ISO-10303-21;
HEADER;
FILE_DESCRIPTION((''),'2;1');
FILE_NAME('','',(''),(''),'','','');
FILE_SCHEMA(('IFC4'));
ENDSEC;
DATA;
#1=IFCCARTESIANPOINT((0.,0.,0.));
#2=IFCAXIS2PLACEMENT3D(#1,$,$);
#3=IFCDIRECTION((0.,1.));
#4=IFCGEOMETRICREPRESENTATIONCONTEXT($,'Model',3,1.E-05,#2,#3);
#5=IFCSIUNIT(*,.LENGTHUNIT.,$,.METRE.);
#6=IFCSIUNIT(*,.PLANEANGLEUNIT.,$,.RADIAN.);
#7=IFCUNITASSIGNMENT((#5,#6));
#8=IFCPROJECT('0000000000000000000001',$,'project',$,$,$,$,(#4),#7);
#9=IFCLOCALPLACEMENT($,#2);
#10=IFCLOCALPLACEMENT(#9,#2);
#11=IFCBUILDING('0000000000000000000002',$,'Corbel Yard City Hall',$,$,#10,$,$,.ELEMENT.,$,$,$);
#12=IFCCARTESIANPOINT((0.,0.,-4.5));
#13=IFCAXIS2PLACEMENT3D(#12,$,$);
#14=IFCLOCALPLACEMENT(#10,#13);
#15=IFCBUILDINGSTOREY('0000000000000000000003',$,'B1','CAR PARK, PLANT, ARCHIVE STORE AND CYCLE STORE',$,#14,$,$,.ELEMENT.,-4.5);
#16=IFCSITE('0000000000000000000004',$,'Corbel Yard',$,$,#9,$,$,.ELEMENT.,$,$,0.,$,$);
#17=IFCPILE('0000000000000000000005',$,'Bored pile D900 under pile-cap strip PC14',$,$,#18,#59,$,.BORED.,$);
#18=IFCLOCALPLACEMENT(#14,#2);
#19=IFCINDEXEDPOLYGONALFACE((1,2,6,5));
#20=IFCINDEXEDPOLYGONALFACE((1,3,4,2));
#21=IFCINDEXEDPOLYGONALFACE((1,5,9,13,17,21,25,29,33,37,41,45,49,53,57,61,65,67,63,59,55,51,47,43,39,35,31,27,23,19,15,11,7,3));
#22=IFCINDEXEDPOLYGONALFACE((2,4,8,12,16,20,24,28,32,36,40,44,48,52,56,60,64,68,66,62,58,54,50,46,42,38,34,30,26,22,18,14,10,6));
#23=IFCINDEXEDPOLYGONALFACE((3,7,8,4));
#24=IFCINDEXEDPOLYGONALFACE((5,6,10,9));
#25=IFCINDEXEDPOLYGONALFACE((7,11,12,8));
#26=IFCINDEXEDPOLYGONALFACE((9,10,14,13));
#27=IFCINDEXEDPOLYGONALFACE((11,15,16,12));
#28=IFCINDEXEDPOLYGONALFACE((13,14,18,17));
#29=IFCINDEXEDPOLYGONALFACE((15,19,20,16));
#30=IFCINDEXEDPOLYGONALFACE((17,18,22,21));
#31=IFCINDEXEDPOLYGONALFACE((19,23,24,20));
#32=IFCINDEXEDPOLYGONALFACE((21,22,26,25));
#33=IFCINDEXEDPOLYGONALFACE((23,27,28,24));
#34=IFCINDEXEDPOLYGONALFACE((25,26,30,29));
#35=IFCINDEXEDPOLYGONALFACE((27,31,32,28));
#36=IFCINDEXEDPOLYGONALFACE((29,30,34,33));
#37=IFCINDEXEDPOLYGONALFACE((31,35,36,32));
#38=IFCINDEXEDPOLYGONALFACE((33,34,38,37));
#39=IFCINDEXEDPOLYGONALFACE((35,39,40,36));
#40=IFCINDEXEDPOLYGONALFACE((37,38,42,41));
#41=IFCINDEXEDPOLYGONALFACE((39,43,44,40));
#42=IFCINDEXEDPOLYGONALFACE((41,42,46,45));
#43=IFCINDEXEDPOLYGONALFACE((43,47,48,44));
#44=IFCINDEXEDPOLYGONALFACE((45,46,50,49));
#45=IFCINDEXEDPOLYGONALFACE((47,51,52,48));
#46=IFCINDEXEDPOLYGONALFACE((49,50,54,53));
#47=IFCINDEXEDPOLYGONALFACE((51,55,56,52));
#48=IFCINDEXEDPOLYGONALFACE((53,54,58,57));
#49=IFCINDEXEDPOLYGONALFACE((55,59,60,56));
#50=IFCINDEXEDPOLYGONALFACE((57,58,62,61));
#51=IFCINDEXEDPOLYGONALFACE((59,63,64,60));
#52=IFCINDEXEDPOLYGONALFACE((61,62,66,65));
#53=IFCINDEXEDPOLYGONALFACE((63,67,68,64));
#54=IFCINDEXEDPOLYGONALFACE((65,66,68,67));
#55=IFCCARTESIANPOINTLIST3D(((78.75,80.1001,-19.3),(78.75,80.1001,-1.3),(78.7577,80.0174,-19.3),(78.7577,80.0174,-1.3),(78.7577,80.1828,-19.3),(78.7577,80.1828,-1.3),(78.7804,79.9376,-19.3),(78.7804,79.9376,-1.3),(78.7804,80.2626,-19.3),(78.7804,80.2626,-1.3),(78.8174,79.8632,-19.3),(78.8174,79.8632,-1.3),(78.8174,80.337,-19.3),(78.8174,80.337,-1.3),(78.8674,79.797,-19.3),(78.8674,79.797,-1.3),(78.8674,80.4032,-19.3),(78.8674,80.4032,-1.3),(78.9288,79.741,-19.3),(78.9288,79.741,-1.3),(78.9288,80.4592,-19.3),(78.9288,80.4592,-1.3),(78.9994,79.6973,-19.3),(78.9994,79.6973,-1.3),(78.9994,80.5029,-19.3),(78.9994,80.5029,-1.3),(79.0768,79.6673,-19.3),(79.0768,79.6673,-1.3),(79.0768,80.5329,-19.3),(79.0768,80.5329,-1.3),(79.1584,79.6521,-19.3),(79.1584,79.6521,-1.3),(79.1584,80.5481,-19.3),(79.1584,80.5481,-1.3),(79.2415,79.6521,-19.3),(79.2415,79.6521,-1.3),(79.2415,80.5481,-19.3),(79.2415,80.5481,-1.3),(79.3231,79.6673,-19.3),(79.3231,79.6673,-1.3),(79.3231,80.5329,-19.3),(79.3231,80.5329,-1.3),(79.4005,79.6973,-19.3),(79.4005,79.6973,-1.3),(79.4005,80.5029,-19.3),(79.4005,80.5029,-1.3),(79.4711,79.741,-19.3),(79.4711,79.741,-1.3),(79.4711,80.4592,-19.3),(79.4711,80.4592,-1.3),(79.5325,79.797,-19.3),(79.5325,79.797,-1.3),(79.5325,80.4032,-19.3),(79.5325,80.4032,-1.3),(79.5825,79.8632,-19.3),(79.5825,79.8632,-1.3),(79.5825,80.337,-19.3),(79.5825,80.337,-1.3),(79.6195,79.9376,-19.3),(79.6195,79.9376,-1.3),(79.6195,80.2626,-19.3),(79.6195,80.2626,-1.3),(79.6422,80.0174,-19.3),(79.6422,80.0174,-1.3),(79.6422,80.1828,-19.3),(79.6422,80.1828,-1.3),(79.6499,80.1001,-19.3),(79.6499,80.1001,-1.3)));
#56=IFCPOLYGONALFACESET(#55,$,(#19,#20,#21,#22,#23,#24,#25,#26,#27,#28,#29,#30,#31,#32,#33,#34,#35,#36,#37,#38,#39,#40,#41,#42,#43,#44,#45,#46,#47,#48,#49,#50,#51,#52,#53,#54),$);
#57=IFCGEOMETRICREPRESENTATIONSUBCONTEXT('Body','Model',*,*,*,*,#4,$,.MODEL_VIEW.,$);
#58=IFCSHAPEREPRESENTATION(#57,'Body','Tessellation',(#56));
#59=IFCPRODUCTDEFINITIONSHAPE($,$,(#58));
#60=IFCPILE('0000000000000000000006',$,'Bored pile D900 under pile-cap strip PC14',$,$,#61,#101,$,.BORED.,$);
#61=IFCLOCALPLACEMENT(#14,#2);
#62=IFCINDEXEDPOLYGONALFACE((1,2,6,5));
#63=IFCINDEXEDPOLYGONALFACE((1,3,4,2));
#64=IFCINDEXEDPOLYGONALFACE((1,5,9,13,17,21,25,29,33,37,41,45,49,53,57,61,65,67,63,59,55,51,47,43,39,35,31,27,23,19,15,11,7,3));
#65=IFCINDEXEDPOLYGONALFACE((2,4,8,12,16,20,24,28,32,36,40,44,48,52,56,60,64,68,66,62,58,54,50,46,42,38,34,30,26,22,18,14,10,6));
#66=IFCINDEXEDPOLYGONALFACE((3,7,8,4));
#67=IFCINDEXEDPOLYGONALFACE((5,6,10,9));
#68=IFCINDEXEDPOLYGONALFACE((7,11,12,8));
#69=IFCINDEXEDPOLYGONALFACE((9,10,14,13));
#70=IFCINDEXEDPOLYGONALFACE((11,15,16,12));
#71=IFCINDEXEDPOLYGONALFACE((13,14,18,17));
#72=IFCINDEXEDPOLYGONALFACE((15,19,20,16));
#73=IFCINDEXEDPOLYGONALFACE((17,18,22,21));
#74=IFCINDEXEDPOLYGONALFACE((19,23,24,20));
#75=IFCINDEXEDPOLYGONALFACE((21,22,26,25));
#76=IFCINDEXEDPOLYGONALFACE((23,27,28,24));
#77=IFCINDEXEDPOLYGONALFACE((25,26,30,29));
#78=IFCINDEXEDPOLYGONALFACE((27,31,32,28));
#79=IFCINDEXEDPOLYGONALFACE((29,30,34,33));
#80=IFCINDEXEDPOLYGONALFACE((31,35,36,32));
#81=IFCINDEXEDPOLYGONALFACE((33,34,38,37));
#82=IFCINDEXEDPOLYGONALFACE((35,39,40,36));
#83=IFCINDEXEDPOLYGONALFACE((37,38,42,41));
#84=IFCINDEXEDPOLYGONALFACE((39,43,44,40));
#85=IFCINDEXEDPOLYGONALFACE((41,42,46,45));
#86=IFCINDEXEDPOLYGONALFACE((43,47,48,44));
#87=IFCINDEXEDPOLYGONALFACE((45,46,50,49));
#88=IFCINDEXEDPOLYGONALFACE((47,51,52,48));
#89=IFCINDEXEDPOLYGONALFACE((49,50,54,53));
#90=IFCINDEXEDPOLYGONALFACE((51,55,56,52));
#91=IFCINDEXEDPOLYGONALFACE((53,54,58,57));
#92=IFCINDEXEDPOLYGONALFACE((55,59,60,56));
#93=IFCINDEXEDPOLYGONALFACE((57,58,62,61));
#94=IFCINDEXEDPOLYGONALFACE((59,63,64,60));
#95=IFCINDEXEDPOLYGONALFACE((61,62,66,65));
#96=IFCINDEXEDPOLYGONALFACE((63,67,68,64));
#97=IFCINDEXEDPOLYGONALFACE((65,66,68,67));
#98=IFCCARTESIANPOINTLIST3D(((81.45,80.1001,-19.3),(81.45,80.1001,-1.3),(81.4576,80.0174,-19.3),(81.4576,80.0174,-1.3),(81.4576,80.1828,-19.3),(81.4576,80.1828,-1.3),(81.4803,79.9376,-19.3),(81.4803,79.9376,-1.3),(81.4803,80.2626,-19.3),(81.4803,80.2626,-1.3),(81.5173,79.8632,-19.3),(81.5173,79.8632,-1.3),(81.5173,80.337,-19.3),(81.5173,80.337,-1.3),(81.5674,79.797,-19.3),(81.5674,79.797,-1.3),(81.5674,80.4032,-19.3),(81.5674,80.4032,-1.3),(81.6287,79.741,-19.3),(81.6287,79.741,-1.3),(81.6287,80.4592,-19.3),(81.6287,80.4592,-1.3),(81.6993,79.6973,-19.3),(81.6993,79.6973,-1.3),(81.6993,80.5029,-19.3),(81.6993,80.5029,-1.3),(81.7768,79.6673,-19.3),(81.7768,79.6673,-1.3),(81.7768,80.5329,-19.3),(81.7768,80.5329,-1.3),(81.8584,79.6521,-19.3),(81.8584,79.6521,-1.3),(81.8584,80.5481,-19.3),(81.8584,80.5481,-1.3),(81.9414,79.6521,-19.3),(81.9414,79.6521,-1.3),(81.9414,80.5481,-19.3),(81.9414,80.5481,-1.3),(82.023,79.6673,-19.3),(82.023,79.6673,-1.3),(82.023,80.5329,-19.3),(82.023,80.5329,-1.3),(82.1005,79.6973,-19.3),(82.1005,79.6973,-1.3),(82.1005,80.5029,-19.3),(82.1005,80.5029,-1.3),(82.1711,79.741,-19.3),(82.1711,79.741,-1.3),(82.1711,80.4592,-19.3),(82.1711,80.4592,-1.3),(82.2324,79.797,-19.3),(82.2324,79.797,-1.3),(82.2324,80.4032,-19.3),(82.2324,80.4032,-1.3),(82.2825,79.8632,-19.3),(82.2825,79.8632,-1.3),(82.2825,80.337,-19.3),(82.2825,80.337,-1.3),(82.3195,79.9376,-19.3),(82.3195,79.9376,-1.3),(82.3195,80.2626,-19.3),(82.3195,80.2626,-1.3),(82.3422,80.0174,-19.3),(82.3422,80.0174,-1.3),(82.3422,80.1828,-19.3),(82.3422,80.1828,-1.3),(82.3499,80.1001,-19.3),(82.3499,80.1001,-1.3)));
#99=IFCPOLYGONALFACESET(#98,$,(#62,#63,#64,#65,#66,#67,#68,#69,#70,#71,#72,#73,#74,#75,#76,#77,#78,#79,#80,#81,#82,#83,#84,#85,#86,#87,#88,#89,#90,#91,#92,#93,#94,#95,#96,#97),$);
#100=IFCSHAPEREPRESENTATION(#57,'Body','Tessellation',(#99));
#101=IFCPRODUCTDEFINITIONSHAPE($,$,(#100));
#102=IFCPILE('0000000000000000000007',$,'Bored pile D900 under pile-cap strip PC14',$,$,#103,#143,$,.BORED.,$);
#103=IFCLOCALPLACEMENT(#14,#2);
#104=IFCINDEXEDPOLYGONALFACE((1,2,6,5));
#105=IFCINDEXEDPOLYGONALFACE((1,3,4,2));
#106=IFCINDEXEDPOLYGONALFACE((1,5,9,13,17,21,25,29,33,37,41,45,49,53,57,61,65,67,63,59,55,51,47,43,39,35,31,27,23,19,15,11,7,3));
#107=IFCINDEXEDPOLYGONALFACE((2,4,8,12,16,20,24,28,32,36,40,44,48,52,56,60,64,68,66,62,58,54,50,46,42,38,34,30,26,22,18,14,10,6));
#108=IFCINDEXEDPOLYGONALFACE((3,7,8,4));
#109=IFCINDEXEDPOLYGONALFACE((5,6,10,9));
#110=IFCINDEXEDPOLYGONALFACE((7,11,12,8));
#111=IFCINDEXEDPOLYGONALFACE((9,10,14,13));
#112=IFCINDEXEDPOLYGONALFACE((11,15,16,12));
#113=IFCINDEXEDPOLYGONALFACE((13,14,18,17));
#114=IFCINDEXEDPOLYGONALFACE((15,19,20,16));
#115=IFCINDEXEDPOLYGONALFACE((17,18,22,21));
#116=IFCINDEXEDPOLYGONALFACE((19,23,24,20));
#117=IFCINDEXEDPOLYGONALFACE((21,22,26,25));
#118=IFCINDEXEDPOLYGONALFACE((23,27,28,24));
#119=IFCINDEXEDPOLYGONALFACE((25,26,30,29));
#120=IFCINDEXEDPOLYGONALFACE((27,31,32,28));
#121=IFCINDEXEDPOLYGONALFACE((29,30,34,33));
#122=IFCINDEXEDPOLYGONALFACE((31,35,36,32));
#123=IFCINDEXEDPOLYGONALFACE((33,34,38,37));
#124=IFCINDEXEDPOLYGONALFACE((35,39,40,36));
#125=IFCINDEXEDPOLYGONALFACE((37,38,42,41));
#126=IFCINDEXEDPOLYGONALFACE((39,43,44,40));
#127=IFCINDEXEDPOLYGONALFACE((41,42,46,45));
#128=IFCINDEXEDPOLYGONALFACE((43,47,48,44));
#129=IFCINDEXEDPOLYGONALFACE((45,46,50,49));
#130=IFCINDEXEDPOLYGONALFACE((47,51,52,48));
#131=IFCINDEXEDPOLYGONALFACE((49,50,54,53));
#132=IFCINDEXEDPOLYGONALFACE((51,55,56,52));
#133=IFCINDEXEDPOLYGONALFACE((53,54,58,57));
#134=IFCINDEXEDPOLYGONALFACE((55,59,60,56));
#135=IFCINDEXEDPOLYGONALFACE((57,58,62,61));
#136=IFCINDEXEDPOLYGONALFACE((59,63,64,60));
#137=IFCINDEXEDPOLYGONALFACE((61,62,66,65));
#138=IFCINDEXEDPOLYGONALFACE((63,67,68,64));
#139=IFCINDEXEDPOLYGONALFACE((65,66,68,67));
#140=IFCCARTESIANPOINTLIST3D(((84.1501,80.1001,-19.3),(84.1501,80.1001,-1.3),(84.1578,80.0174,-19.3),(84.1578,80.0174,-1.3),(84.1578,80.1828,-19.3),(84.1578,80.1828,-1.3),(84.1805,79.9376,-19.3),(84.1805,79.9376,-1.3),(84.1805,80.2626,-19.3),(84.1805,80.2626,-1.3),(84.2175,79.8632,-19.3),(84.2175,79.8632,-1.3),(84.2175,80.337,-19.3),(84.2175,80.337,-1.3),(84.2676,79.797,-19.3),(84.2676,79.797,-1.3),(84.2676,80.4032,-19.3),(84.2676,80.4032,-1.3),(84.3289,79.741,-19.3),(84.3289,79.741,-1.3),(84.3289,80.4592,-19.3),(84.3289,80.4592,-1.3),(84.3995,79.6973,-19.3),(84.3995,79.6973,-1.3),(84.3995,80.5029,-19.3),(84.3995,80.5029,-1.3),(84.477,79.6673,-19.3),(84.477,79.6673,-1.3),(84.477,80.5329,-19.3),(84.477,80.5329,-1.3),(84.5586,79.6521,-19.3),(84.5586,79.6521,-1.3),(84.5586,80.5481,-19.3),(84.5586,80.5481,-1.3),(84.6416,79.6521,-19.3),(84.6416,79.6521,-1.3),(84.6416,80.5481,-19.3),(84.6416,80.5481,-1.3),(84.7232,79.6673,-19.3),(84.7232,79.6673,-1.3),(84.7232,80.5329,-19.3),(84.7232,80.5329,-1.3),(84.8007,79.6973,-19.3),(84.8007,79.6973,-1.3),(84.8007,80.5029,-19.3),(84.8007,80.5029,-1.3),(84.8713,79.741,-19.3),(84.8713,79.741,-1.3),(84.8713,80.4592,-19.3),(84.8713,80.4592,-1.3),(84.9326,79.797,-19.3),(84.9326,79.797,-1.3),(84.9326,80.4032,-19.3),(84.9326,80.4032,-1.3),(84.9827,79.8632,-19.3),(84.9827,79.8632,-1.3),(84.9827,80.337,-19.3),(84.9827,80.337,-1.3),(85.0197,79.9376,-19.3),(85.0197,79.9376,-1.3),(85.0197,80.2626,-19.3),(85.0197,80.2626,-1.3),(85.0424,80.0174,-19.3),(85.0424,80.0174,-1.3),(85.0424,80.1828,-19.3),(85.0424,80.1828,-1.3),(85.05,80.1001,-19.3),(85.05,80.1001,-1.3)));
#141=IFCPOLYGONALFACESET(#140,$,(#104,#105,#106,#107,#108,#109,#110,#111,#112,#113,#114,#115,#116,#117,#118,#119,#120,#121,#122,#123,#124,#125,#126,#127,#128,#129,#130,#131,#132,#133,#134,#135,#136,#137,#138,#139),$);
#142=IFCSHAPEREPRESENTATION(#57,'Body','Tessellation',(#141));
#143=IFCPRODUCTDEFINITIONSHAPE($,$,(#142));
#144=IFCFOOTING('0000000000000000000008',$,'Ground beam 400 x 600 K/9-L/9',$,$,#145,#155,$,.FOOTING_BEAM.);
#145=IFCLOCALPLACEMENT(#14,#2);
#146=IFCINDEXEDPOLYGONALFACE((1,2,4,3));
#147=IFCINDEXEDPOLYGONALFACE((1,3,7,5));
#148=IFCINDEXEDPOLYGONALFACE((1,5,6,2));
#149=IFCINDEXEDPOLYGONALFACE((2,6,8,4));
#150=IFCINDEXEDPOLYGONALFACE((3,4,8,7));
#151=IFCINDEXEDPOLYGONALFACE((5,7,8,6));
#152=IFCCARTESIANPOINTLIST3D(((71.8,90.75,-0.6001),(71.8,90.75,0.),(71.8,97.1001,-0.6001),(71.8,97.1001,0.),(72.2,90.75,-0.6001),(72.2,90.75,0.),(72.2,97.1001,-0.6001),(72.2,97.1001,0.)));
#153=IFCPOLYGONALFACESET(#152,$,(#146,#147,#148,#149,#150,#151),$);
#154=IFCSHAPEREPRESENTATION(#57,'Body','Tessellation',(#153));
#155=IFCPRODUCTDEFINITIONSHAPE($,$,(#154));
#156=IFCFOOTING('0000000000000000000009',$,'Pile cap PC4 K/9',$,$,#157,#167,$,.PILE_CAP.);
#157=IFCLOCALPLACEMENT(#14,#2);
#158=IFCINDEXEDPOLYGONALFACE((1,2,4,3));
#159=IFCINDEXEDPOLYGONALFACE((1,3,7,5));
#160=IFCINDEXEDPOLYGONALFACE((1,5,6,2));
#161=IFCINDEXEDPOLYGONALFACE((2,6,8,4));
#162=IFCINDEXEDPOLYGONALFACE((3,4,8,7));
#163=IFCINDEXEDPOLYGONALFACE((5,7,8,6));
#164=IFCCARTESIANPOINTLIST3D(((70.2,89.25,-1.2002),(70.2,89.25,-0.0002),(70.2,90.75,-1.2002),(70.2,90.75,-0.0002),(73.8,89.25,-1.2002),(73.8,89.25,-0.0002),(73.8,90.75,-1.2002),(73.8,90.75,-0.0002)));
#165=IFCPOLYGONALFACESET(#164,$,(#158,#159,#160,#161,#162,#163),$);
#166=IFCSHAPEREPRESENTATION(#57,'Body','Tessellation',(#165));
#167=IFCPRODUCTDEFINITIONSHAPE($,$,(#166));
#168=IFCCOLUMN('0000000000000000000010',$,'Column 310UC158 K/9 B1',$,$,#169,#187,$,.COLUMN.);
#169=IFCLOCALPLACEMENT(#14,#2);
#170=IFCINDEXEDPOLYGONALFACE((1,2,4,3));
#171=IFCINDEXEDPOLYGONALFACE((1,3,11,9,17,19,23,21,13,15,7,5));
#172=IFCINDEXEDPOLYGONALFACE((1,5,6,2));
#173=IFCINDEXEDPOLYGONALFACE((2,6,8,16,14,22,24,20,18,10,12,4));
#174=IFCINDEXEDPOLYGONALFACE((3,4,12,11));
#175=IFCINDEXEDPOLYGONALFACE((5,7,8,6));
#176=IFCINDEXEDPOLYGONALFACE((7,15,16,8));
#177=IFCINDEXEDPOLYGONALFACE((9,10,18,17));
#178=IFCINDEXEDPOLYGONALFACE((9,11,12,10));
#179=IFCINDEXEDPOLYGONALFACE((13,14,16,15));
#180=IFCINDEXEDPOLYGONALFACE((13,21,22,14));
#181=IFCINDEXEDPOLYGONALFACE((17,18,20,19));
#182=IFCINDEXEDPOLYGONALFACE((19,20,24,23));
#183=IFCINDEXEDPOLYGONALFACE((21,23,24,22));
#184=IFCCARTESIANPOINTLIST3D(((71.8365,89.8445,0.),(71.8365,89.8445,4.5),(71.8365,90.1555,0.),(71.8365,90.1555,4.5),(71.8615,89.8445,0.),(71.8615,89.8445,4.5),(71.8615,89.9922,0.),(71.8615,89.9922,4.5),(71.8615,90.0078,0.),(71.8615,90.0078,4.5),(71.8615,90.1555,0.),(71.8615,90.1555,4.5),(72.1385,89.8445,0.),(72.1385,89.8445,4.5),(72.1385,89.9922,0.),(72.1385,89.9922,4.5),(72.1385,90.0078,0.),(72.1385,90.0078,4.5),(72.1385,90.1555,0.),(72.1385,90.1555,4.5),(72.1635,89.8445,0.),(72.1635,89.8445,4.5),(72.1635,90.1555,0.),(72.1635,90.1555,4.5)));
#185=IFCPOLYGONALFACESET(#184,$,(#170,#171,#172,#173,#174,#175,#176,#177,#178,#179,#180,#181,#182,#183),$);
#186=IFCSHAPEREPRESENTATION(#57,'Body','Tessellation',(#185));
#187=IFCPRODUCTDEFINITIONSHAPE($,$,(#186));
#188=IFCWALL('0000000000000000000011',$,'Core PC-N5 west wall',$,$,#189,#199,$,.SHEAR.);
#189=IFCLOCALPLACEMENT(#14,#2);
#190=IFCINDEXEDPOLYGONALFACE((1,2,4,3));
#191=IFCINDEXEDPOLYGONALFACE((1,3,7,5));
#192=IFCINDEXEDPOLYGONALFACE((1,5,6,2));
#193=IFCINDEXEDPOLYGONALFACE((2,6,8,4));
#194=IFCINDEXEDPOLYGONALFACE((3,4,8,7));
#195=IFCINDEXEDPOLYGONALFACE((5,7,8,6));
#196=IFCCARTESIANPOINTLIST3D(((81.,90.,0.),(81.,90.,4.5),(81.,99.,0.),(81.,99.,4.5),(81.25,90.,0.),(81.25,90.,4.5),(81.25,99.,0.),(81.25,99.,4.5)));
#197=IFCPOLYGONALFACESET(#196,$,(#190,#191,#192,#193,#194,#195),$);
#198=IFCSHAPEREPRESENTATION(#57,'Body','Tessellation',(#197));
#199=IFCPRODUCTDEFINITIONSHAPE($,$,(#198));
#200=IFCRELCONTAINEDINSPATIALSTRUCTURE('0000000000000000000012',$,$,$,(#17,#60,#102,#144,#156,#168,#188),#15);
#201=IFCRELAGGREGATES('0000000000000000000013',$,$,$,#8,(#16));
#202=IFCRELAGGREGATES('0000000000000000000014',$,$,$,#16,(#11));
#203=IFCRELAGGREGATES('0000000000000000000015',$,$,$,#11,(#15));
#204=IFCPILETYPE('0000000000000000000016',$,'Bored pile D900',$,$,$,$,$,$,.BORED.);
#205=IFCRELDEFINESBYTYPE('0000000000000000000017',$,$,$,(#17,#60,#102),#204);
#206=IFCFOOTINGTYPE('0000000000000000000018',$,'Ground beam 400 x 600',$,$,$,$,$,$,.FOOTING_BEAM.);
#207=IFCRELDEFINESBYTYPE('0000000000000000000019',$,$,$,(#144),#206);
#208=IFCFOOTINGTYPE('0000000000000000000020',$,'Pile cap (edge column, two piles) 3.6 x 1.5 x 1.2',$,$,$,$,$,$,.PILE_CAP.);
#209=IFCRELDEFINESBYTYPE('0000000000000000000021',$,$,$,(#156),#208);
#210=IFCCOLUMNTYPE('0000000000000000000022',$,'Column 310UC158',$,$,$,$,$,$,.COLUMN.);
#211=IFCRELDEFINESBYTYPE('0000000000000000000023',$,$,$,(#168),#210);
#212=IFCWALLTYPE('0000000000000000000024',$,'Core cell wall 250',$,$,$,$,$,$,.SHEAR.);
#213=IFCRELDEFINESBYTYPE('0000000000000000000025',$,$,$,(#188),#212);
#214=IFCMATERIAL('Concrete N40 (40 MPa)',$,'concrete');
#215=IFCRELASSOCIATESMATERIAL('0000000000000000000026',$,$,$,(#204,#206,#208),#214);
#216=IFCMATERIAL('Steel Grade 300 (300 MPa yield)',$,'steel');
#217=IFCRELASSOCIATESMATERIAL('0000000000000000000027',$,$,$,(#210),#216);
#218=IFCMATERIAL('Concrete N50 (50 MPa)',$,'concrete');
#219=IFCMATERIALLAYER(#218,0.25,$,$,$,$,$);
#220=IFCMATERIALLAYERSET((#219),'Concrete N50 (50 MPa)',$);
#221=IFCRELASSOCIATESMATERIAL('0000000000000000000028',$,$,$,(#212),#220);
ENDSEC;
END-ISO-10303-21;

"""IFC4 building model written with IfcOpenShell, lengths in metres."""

from ifc_helpers import new_model, si_unit, direction, frame, frame_2d, origin, origin_2d, place, context, subcontext, project, spatial, rectangle, circle, i_section, extrude, material, layer, layer_set, material_profile, profile_set, type_object, element, save


model = new_model("IFC4")

# Units and contexts
model_context = context("Model", 3, precision=1e-05, world=origin(), true_north=direction((0.0, 1.0)))
body_context = subcontext(model_context, "Body", "Model", "MODEL_VIEW")
ifc_project = project(units=[si_unit("LENGTHUNIT", "METRE"), si_unit("PLANEANGLEUNIT", "RADIAN")], contexts=[model_context])

# Site, building, storey
site_placement = place(None, origin())
site = spatial("IfcSite", under=ifc_project, at=site_placement, Name="Corbel Yard", CompositionType="ELEMENT", RefElevation=0.0)
building_placement = place(site_placement, origin())
building = spatial("IfcBuilding", under=site, at=building_placement, Name="Corbel Yard City Hall", CompositionType="ELEMENT")
storey_placement = place(building_placement, frame((0.0, 0.0, -4.5)))
storey = spatial("IfcBuildingStorey", under=building, at=storey_placement, Name="B1", Description="CAR PARK, PLANT, ARCHIVE STORE AND CYCLE STORE", CompositionType="ELEMENT", Elevation=-4.5)

# Piles
ifc_material_1 = material(Name="Concrete N40 (40 MPa)", Category="concrete")
ifc_material_profile_1 = material_profile(ifc_material_1, circle(Radius=0.45, at=origin_2d()), Name="D900")
ifc_profile_set_1 = profile_set([ifc_material_profile_1], Name="Concrete N40 (40 MPa)")
pile_type_1 = type_object("IfcPileType", Name="Bored pile D900", PredefinedType="BORED", material=ifc_profile_set_1)
for number, where, z_axis, x_axis, name in (
    (1, (79.2, 80.1001, -1.3), (0.0, 0.0, -1.0), (1.0, 0.0, 0.0), "Bored pile D900 under pile-cap strip PC14"),
    (2, (81.8999, 80.1001, -1.3), (0.0, 0.0, -1.0), (1.0, 0.0, 0.0), "Bored pile D900 under pile-cap strip PC14"),
    (3, (84.6001, 80.1001, -1.3), (0.0, 0.0, -1.0), (1.0, 0.0, 0.0), "Bored pile D900 under pile-cap strip PC14"),
):
    element("IfcPile", number, at=place(storey_placement, frame(where, z_axis=z_axis, x_axis=x_axis)), inside=storey, type_object=pile_type_1, Name=name, PredefinedType="BORED", context=body_context, shape_type="SweptSolid", body=[
        extrude(circle(Radius=0.45, at=origin_2d()), origin(), (0.0, 0.0, 1.0), 18.0),
    ])

# Footings
footing_type_1 = type_object("IfcFootingType", Name="Ground beam 400 x 600", PredefinedType="FOOTING_BEAM", material=ifc_material_1)
footing_1_placement = place(storey_placement, frame((72.0, 93.925, -0.6001), z_axis=(0.0, 0.0, 1.0), x_axis=(1.0, 0.0, 0.0)))
element("IfcFooting", 4, at=footing_1_placement, inside=storey, type_object=footing_type_1, Name="Ground beam 400 x 600 K/9-L/9", PredefinedType="FOOTING_BEAM", context=body_context, shape_type="SweptSolid", body=[
    extrude(rectangle(XDim=0.3999, YDim=6.3501, at=origin_2d()), origin(), (0.0, 0.0, 1.0), 0.6001),
])
footing_type_2 = type_object("IfcFootingType", Name="Pile cap (edge column, two piles) 3.6 x 1.5 x 1.2", PredefinedType="PILE_CAP", material=ifc_material_1)
footing_2_placement = place(storey_placement, frame((72.0, 90.0, -1.2002), z_axis=(0.0, 0.0, 1.0), x_axis=(1.0, 0.0, 0.0)))
element("IfcFooting", 5, at=footing_2_placement, inside=storey, type_object=footing_type_2, Name="Pile cap PC4 K/9", PredefinedType="PILE_CAP", context=body_context, shape_type="SweptSolid", body=[
    extrude(rectangle(XDim=3.6001, YDim=1.5, at=origin_2d()), origin(), (0.0, 0.0, 1.0), 1.2),
])

# Column
ifc_material_2 = material(Name="Steel Grade 300 (300 MPa yield)", Category="steel")
ifc_material_profile_2 = material_profile(ifc_material_2, i_section(OverallWidth=0.311, OverallDepth=0.3269, WebThickness=0.0156, FlangeThickness=0.0249, at=origin_2d()), Name="310UC158")
ifc_profile_set_2 = profile_set([ifc_material_profile_2], Name="Steel Grade 300 (300 MPa yield)")
column_type = type_object("IfcColumnType", Name="Column 310UC158", PredefinedType="COLUMN", material=ifc_profile_set_2)
column_placement = place(storey_placement, frame((72.0, 90.0, 0.0), z_axis=(0.0, 0.0, 1.0), x_axis=(0.0, 1.0, 0.0)))
element("IfcColumn", 6, at=column_placement, inside=storey, type_object=column_type, Name="Column 310UC158 K/9 B1", PredefinedType="COLUMN", context=body_context, shape_type="SweptSolid", body=[
    extrude(i_section(OverallWidth=0.311, OverallDepth=0.3269, WebThickness=0.0156, FlangeThickness=0.0249, at=origin_2d()), origin(), (0.0, 0.0, 1.0), 4.5),
])

# Wall
ifc_material_3 = material(Name="Concrete N50 (50 MPa)", Category="concrete")
ifc_layer = layer(ifc_material_3, 0.25)
ifc_layer_set = layer_set([ifc_layer], Name="Concrete N50 (50 MPa)")
wall_type = type_object("IfcWallType", Name="Core cell wall 250", PredefinedType="SHEAR", material=ifc_layer_set)
wall_1_placement = place(storey_placement, frame((81.125, 90.0, 0.0), z_axis=(0.0, 0.0, 1.0), x_axis=(0.0, 1.0, 0.0)))
element("IfcWall", 7, at=wall_1_placement, inside=storey, type_object=wall_type, Name="Core PC-N5 west wall", PredefinedType="SHEAR", context=body_context, shape_type="SweptSolid", body=[
    extrude(rectangle(XDim=9.0, YDim=0.25, at=frame_2d((4.5, 0.0))), origin(), (0.0, 0.0, 1.0), 4.5),
])

save(model, "model.ifc")
